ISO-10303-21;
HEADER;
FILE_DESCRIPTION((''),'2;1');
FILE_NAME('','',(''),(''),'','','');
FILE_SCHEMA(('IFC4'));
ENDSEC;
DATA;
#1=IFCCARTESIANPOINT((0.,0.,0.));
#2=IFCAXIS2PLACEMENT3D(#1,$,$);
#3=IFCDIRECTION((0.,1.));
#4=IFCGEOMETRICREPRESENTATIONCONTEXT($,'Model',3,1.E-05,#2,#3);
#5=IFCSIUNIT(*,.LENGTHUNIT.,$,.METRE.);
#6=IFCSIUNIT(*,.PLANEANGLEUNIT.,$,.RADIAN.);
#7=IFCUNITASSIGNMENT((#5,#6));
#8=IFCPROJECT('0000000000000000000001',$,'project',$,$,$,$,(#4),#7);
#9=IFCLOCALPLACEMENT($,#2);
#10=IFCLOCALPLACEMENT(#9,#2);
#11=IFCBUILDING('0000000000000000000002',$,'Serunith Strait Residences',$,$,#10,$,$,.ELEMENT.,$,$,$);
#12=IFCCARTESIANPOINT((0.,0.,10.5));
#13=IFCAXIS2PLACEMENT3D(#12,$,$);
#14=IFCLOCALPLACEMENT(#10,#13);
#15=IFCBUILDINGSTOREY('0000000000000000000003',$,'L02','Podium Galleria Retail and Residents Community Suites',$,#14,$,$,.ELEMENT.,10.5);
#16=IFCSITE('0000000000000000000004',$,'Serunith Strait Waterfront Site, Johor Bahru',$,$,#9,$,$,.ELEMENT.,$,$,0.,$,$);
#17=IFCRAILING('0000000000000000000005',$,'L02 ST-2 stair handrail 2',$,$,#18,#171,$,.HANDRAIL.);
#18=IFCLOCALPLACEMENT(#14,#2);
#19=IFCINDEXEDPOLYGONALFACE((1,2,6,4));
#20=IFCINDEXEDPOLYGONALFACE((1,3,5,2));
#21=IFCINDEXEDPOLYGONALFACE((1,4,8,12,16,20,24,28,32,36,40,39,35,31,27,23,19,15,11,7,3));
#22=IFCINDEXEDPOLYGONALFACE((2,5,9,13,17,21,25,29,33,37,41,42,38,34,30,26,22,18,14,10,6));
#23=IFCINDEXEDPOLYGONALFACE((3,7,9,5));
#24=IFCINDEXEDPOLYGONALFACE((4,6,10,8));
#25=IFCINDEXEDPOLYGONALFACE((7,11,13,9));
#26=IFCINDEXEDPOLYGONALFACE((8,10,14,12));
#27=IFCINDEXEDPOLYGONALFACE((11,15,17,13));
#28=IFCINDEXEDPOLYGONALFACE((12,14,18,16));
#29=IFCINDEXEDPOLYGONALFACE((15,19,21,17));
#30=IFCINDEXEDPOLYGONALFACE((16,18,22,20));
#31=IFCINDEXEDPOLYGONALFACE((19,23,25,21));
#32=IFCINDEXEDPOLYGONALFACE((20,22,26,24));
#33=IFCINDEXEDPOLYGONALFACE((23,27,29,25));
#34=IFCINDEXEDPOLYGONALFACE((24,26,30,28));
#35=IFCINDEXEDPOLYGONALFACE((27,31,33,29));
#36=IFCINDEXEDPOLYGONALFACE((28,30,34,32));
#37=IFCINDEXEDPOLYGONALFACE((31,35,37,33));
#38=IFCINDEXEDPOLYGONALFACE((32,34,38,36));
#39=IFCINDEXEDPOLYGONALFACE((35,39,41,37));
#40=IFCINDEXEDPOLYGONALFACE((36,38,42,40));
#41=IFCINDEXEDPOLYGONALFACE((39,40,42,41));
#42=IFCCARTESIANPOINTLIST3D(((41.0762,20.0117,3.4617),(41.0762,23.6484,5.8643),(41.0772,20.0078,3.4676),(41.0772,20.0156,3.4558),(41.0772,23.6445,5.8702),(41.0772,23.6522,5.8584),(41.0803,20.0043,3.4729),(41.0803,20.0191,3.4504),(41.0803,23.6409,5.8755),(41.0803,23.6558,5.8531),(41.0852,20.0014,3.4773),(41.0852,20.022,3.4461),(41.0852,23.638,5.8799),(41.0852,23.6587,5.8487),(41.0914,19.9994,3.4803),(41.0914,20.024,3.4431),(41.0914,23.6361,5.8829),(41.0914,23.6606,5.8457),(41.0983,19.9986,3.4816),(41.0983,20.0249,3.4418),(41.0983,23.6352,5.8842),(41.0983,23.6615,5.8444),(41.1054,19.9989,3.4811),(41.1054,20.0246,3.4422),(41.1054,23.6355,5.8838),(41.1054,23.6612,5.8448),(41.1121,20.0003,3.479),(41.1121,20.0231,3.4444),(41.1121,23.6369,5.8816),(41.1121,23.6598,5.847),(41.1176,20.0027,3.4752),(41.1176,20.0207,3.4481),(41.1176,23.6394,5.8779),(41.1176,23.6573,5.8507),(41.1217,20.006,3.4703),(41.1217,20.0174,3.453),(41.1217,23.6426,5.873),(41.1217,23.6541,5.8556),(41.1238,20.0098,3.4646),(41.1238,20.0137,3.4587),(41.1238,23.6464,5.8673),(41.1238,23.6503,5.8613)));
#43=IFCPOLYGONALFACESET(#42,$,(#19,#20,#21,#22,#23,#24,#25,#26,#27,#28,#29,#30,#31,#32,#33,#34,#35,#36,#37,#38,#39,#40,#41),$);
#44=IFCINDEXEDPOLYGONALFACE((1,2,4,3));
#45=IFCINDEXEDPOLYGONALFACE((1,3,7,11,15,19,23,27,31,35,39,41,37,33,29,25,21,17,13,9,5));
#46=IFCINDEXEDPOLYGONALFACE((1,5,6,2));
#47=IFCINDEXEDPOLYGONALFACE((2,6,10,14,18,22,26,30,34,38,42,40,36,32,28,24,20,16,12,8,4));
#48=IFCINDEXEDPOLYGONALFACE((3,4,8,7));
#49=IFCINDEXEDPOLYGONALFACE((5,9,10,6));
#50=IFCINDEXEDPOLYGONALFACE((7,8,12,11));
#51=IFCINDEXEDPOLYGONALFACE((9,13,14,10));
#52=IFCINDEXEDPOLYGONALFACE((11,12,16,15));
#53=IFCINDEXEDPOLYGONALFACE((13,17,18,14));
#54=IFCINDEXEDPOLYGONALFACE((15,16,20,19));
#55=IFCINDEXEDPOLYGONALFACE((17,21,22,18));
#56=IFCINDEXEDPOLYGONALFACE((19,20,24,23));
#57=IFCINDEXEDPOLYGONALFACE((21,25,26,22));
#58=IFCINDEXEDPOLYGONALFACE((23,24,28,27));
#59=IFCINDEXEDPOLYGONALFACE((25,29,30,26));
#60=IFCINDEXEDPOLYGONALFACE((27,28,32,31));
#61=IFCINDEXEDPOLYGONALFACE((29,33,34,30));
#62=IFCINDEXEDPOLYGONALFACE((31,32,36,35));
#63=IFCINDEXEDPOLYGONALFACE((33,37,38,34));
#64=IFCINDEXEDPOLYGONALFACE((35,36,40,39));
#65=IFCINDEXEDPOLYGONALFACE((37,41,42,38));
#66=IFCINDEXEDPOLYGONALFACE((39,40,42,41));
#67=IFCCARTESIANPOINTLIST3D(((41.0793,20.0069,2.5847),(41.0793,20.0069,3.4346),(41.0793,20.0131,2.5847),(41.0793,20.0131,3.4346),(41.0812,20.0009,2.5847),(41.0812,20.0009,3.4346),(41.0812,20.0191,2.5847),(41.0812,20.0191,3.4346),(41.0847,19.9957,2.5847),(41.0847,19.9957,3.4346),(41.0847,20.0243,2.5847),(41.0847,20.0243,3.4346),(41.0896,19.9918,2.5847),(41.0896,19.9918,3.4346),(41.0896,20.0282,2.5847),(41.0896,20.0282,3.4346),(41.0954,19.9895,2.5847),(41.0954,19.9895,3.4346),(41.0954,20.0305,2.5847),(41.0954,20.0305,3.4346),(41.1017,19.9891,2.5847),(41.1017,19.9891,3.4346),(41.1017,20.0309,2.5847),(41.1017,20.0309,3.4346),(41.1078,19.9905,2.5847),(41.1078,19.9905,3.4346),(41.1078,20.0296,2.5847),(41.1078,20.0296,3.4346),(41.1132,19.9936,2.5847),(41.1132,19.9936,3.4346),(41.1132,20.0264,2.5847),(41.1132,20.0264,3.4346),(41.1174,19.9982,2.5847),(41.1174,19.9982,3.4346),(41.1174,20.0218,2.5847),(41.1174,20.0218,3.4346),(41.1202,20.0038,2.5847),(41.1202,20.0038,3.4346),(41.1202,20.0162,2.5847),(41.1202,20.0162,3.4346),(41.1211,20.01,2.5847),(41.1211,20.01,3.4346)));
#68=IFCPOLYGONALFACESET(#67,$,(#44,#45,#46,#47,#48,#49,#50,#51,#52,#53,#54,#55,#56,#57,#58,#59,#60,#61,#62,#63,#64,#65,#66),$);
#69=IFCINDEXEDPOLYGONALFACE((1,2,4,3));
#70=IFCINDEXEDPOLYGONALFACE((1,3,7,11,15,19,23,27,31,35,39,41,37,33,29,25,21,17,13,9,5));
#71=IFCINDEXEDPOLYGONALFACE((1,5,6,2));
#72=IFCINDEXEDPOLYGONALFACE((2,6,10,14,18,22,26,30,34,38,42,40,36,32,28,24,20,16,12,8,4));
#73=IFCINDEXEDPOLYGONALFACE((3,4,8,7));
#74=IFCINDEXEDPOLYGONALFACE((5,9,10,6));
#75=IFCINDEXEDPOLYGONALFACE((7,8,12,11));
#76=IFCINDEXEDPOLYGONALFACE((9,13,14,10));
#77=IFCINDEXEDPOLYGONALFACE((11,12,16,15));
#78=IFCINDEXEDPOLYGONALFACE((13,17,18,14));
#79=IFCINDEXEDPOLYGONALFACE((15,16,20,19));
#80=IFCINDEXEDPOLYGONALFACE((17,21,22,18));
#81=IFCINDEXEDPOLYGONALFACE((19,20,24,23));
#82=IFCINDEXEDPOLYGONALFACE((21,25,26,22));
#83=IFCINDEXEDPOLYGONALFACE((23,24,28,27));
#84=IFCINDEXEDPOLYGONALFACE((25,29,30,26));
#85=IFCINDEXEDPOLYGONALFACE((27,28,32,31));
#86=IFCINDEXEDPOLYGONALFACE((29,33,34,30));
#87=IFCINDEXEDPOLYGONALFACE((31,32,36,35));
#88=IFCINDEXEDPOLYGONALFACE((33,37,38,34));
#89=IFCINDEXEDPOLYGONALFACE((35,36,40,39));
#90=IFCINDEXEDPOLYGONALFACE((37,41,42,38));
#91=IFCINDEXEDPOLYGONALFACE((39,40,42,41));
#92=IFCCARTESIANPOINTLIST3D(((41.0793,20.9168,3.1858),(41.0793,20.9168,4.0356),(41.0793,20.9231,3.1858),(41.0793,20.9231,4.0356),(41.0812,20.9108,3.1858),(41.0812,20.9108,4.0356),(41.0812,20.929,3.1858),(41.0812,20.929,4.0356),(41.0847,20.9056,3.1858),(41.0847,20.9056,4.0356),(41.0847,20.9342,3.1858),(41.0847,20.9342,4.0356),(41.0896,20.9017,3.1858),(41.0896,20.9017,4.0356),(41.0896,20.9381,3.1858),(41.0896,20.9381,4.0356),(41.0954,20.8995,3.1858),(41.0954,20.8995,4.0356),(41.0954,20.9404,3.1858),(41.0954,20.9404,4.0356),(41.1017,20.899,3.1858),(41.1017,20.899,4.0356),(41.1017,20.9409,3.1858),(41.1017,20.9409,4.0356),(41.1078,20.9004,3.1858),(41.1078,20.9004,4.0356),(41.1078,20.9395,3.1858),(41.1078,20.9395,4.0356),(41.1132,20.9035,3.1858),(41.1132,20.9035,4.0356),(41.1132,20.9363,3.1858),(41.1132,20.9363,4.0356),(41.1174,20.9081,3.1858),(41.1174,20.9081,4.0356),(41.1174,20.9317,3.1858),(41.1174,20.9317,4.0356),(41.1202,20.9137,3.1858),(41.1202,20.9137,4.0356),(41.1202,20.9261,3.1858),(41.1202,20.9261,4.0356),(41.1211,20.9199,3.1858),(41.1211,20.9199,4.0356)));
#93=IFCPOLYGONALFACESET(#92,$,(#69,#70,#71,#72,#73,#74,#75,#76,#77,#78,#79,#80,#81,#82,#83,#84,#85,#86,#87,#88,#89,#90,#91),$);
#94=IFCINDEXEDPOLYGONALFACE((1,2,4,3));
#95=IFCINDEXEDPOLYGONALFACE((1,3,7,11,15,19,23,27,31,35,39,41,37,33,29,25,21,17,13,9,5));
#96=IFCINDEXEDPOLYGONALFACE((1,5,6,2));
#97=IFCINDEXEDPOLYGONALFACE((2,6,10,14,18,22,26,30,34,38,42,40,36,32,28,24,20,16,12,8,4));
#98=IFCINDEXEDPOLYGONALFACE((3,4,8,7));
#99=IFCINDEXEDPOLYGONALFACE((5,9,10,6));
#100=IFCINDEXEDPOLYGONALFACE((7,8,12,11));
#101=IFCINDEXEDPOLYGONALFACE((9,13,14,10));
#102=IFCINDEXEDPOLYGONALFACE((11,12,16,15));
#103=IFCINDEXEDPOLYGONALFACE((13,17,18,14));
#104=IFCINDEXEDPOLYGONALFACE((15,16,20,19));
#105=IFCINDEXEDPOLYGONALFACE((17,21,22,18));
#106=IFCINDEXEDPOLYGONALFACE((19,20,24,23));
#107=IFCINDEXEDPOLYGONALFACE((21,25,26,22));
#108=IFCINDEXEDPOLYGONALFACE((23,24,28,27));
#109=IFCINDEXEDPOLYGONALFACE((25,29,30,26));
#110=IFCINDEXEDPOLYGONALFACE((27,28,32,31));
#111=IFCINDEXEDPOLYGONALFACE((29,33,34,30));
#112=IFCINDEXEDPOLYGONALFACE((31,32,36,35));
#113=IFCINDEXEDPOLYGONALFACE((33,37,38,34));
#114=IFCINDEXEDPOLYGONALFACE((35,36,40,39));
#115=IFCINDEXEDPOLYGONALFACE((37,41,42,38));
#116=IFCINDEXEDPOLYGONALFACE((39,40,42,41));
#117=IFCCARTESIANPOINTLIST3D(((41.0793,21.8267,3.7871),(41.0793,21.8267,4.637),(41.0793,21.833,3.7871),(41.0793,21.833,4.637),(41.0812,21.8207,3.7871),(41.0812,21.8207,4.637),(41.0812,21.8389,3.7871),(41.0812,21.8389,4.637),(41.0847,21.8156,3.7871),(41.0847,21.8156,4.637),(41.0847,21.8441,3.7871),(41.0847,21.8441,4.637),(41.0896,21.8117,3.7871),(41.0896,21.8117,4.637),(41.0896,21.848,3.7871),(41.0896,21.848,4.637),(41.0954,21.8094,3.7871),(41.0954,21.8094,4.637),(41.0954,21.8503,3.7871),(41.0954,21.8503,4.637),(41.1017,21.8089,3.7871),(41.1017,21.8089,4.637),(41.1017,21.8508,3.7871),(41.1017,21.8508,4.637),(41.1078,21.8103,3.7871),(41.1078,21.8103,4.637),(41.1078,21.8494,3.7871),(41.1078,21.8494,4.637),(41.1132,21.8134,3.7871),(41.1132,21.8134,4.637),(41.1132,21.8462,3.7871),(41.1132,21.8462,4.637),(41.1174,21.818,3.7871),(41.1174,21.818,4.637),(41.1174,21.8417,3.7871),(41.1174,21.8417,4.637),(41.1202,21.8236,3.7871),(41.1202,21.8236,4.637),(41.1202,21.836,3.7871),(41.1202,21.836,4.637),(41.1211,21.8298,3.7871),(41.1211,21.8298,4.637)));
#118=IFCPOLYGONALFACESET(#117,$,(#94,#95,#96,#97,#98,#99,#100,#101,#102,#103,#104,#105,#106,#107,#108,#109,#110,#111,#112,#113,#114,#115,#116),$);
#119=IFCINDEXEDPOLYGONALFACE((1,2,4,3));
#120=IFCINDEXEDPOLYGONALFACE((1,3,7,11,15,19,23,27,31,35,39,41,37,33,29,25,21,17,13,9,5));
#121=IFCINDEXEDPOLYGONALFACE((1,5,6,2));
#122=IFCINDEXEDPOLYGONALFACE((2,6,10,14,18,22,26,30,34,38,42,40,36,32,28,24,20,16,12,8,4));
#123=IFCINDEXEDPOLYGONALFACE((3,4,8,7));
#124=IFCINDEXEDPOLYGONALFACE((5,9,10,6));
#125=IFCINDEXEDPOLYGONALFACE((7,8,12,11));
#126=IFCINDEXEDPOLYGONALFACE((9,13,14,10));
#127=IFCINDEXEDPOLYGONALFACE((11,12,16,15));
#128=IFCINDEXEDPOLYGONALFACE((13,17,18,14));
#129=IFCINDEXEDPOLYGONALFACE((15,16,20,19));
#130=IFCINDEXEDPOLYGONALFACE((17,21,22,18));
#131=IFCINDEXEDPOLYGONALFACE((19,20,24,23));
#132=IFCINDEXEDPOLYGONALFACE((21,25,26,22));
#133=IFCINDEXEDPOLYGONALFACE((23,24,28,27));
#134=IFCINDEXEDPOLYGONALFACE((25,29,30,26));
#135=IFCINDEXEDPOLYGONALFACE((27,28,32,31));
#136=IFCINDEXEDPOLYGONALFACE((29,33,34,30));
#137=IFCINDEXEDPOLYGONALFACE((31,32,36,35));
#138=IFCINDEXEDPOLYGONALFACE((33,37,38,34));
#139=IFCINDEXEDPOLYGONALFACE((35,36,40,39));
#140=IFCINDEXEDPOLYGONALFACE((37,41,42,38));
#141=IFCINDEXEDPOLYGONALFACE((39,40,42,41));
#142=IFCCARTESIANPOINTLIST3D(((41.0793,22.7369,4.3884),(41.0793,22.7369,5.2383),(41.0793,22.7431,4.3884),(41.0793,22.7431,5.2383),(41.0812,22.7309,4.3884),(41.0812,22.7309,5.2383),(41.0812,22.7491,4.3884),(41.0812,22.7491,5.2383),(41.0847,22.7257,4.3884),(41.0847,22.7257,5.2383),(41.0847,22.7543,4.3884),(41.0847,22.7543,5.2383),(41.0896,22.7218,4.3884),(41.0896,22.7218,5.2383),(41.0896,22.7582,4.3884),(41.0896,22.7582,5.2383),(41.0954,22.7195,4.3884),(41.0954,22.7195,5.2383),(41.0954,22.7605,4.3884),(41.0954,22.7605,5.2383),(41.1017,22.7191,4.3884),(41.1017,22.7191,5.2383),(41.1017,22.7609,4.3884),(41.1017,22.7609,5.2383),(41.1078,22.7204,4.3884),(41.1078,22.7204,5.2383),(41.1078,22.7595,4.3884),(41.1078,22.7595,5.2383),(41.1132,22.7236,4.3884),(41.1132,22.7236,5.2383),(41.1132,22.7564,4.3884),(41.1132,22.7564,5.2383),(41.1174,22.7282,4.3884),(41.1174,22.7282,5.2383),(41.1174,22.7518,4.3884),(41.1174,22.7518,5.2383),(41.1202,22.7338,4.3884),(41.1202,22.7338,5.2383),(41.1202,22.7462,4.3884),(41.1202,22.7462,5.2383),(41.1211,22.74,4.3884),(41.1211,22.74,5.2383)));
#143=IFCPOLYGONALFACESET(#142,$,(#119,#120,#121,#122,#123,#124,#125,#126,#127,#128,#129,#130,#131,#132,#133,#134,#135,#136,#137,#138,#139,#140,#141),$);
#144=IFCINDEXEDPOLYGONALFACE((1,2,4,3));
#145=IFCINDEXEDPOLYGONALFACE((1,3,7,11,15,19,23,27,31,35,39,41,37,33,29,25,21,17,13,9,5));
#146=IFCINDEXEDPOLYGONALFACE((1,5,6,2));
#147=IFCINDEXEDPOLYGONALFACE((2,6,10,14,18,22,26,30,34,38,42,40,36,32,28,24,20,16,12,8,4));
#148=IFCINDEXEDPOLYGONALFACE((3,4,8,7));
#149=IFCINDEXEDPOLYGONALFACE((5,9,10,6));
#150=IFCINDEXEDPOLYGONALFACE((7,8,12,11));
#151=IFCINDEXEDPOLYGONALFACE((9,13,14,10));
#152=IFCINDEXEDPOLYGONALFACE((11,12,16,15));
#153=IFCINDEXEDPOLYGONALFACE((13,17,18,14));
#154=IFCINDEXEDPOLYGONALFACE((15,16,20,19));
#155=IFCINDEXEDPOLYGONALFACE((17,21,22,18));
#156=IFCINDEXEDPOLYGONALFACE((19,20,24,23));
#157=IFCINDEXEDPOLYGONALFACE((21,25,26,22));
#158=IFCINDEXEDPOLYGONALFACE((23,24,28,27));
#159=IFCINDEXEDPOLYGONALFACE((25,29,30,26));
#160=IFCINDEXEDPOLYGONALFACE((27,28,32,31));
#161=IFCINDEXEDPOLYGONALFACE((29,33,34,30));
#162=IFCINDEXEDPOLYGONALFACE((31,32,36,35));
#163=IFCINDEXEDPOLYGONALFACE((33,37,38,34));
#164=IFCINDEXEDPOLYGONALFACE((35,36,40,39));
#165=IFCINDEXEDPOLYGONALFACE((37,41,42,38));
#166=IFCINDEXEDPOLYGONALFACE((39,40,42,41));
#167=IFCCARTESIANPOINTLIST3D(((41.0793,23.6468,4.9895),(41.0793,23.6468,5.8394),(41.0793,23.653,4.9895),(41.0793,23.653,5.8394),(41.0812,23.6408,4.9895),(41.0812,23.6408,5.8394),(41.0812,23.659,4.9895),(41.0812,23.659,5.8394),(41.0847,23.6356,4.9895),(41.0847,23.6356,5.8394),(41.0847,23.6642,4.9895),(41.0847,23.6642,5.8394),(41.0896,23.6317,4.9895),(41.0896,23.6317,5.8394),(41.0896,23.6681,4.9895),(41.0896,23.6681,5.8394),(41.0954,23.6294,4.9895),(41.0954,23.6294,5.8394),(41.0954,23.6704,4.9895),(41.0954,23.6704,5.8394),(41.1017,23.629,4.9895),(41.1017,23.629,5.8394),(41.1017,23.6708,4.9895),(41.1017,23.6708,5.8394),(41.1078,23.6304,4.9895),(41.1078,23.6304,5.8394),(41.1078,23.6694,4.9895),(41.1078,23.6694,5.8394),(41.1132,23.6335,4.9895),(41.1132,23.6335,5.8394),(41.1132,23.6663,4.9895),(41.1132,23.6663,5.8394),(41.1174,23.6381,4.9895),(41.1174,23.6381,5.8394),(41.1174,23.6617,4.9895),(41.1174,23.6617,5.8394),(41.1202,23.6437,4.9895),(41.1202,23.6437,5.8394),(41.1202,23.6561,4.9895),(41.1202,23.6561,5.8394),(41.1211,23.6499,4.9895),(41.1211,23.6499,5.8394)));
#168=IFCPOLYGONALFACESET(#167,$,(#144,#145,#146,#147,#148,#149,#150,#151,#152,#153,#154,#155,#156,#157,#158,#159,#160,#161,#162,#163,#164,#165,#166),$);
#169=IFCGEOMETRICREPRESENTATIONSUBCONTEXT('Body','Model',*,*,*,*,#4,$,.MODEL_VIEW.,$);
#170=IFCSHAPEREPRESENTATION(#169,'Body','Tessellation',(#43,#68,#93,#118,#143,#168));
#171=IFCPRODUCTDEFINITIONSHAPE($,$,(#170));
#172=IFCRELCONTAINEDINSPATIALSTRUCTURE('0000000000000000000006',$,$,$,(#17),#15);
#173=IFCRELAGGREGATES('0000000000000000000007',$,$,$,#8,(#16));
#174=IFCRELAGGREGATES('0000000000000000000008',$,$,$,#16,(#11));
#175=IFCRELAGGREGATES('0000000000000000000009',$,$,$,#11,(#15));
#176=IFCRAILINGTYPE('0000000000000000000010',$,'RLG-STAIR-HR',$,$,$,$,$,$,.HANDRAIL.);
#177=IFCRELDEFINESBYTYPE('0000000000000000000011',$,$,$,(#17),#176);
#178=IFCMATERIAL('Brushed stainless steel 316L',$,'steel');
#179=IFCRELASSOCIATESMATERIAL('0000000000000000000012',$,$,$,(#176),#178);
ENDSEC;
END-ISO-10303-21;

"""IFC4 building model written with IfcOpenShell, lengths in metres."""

from ifc_helpers import new_model, si_unit, direction, frame, origin, origin_2d, place, context, subcontext, project, spatial, circle, extrude, material, type_object, element, save


model = new_model("IFC4")

# Units and contexts
model_context = context("Model", 3, precision=1e-05, world=origin(), true_north=direction((0.0, 1.0)))
body_context = subcontext(model_context, "Body", "Model", "MODEL_VIEW")
ifc_project = project(units=[si_unit("LENGTHUNIT", "METRE"), si_unit("PLANEANGLEUNIT", "RADIAN")], contexts=[model_context])

# Site, building, storey
site_placement = place(None, origin())
site = spatial("IfcSite", under=ifc_project, at=site_placement, Name="Serunith Strait Waterfront Site, Johor Bahru", CompositionType="ELEMENT", RefElevation=0.0)
building_placement = place(site_placement, origin())
building = spatial("IfcBuilding", under=site, at=building_placement, Name="Serunith Strait Residences", CompositionType="ELEMENT")
storey_placement = place(building_placement, frame((0.0, 0.0, 10.5)))
storey = spatial("IfcBuildingStorey", under=building, at=storey_placement, Name="L02", Description="Podium Galleria Retail and Residents Community Suites", CompositionType="ELEMENT", Elevation=10.5)

# Railing
ifc_material_1 = material(Name="Brushed stainless steel 316L", Category="steel")
railing_type_1 = type_object("IfcRailingType", Name="RLG-STAIR-HR", PredefinedType="HANDRAIL", material=ifc_material_1)
railing_1_placement = place(storey_placement, frame((41.1001, 20.01, 2.5847)))
element("IfcRailing", 1, at=railing_1_placement, inside=storey, type_object=railing_type_1, Name="L02 ST-2 stair handrail 2", PredefinedType="HANDRAIL", context=body_context, shape_type="SweptSolid", body=[
    extrude(circle(Radius=0.0239, at=origin_2d()), frame((0.0, 0.0017, 0.877), z_axis=(0.0, 0.83435, 0.551234), x_axis=(-1.0, 0.0, 0.0)), (0.0, 0.0, 1.0), 4.3586),
    extrude(circle(Radius=0.021, at=origin_2d()), origin(), (0.0, 0.0, 1.0), 0.8499),
    extrude(circle(Radius=0.021, at=origin_2d()), frame((0.0, 0.9099, 0.6011)), (0.0, 0.0, 1.0), 0.8499),
    extrude(circle(Radius=0.021, at=origin_2d()), frame((0.0, 1.8198, 1.2024)), (0.0, 0.0, 1.0), 0.8499),
    extrude(circle(Radius=0.021, at=origin_2d()), frame((0.0, 2.73, 1.8037)), (0.0, 0.0, 1.0), 0.8499),
    extrude(circle(Radius=0.021, at=origin_2d()), frame((0.0, 3.6399, 2.4048)), (0.0, 0.0, 1.0), 0.8499),
])

save(model, "model.ifc")
